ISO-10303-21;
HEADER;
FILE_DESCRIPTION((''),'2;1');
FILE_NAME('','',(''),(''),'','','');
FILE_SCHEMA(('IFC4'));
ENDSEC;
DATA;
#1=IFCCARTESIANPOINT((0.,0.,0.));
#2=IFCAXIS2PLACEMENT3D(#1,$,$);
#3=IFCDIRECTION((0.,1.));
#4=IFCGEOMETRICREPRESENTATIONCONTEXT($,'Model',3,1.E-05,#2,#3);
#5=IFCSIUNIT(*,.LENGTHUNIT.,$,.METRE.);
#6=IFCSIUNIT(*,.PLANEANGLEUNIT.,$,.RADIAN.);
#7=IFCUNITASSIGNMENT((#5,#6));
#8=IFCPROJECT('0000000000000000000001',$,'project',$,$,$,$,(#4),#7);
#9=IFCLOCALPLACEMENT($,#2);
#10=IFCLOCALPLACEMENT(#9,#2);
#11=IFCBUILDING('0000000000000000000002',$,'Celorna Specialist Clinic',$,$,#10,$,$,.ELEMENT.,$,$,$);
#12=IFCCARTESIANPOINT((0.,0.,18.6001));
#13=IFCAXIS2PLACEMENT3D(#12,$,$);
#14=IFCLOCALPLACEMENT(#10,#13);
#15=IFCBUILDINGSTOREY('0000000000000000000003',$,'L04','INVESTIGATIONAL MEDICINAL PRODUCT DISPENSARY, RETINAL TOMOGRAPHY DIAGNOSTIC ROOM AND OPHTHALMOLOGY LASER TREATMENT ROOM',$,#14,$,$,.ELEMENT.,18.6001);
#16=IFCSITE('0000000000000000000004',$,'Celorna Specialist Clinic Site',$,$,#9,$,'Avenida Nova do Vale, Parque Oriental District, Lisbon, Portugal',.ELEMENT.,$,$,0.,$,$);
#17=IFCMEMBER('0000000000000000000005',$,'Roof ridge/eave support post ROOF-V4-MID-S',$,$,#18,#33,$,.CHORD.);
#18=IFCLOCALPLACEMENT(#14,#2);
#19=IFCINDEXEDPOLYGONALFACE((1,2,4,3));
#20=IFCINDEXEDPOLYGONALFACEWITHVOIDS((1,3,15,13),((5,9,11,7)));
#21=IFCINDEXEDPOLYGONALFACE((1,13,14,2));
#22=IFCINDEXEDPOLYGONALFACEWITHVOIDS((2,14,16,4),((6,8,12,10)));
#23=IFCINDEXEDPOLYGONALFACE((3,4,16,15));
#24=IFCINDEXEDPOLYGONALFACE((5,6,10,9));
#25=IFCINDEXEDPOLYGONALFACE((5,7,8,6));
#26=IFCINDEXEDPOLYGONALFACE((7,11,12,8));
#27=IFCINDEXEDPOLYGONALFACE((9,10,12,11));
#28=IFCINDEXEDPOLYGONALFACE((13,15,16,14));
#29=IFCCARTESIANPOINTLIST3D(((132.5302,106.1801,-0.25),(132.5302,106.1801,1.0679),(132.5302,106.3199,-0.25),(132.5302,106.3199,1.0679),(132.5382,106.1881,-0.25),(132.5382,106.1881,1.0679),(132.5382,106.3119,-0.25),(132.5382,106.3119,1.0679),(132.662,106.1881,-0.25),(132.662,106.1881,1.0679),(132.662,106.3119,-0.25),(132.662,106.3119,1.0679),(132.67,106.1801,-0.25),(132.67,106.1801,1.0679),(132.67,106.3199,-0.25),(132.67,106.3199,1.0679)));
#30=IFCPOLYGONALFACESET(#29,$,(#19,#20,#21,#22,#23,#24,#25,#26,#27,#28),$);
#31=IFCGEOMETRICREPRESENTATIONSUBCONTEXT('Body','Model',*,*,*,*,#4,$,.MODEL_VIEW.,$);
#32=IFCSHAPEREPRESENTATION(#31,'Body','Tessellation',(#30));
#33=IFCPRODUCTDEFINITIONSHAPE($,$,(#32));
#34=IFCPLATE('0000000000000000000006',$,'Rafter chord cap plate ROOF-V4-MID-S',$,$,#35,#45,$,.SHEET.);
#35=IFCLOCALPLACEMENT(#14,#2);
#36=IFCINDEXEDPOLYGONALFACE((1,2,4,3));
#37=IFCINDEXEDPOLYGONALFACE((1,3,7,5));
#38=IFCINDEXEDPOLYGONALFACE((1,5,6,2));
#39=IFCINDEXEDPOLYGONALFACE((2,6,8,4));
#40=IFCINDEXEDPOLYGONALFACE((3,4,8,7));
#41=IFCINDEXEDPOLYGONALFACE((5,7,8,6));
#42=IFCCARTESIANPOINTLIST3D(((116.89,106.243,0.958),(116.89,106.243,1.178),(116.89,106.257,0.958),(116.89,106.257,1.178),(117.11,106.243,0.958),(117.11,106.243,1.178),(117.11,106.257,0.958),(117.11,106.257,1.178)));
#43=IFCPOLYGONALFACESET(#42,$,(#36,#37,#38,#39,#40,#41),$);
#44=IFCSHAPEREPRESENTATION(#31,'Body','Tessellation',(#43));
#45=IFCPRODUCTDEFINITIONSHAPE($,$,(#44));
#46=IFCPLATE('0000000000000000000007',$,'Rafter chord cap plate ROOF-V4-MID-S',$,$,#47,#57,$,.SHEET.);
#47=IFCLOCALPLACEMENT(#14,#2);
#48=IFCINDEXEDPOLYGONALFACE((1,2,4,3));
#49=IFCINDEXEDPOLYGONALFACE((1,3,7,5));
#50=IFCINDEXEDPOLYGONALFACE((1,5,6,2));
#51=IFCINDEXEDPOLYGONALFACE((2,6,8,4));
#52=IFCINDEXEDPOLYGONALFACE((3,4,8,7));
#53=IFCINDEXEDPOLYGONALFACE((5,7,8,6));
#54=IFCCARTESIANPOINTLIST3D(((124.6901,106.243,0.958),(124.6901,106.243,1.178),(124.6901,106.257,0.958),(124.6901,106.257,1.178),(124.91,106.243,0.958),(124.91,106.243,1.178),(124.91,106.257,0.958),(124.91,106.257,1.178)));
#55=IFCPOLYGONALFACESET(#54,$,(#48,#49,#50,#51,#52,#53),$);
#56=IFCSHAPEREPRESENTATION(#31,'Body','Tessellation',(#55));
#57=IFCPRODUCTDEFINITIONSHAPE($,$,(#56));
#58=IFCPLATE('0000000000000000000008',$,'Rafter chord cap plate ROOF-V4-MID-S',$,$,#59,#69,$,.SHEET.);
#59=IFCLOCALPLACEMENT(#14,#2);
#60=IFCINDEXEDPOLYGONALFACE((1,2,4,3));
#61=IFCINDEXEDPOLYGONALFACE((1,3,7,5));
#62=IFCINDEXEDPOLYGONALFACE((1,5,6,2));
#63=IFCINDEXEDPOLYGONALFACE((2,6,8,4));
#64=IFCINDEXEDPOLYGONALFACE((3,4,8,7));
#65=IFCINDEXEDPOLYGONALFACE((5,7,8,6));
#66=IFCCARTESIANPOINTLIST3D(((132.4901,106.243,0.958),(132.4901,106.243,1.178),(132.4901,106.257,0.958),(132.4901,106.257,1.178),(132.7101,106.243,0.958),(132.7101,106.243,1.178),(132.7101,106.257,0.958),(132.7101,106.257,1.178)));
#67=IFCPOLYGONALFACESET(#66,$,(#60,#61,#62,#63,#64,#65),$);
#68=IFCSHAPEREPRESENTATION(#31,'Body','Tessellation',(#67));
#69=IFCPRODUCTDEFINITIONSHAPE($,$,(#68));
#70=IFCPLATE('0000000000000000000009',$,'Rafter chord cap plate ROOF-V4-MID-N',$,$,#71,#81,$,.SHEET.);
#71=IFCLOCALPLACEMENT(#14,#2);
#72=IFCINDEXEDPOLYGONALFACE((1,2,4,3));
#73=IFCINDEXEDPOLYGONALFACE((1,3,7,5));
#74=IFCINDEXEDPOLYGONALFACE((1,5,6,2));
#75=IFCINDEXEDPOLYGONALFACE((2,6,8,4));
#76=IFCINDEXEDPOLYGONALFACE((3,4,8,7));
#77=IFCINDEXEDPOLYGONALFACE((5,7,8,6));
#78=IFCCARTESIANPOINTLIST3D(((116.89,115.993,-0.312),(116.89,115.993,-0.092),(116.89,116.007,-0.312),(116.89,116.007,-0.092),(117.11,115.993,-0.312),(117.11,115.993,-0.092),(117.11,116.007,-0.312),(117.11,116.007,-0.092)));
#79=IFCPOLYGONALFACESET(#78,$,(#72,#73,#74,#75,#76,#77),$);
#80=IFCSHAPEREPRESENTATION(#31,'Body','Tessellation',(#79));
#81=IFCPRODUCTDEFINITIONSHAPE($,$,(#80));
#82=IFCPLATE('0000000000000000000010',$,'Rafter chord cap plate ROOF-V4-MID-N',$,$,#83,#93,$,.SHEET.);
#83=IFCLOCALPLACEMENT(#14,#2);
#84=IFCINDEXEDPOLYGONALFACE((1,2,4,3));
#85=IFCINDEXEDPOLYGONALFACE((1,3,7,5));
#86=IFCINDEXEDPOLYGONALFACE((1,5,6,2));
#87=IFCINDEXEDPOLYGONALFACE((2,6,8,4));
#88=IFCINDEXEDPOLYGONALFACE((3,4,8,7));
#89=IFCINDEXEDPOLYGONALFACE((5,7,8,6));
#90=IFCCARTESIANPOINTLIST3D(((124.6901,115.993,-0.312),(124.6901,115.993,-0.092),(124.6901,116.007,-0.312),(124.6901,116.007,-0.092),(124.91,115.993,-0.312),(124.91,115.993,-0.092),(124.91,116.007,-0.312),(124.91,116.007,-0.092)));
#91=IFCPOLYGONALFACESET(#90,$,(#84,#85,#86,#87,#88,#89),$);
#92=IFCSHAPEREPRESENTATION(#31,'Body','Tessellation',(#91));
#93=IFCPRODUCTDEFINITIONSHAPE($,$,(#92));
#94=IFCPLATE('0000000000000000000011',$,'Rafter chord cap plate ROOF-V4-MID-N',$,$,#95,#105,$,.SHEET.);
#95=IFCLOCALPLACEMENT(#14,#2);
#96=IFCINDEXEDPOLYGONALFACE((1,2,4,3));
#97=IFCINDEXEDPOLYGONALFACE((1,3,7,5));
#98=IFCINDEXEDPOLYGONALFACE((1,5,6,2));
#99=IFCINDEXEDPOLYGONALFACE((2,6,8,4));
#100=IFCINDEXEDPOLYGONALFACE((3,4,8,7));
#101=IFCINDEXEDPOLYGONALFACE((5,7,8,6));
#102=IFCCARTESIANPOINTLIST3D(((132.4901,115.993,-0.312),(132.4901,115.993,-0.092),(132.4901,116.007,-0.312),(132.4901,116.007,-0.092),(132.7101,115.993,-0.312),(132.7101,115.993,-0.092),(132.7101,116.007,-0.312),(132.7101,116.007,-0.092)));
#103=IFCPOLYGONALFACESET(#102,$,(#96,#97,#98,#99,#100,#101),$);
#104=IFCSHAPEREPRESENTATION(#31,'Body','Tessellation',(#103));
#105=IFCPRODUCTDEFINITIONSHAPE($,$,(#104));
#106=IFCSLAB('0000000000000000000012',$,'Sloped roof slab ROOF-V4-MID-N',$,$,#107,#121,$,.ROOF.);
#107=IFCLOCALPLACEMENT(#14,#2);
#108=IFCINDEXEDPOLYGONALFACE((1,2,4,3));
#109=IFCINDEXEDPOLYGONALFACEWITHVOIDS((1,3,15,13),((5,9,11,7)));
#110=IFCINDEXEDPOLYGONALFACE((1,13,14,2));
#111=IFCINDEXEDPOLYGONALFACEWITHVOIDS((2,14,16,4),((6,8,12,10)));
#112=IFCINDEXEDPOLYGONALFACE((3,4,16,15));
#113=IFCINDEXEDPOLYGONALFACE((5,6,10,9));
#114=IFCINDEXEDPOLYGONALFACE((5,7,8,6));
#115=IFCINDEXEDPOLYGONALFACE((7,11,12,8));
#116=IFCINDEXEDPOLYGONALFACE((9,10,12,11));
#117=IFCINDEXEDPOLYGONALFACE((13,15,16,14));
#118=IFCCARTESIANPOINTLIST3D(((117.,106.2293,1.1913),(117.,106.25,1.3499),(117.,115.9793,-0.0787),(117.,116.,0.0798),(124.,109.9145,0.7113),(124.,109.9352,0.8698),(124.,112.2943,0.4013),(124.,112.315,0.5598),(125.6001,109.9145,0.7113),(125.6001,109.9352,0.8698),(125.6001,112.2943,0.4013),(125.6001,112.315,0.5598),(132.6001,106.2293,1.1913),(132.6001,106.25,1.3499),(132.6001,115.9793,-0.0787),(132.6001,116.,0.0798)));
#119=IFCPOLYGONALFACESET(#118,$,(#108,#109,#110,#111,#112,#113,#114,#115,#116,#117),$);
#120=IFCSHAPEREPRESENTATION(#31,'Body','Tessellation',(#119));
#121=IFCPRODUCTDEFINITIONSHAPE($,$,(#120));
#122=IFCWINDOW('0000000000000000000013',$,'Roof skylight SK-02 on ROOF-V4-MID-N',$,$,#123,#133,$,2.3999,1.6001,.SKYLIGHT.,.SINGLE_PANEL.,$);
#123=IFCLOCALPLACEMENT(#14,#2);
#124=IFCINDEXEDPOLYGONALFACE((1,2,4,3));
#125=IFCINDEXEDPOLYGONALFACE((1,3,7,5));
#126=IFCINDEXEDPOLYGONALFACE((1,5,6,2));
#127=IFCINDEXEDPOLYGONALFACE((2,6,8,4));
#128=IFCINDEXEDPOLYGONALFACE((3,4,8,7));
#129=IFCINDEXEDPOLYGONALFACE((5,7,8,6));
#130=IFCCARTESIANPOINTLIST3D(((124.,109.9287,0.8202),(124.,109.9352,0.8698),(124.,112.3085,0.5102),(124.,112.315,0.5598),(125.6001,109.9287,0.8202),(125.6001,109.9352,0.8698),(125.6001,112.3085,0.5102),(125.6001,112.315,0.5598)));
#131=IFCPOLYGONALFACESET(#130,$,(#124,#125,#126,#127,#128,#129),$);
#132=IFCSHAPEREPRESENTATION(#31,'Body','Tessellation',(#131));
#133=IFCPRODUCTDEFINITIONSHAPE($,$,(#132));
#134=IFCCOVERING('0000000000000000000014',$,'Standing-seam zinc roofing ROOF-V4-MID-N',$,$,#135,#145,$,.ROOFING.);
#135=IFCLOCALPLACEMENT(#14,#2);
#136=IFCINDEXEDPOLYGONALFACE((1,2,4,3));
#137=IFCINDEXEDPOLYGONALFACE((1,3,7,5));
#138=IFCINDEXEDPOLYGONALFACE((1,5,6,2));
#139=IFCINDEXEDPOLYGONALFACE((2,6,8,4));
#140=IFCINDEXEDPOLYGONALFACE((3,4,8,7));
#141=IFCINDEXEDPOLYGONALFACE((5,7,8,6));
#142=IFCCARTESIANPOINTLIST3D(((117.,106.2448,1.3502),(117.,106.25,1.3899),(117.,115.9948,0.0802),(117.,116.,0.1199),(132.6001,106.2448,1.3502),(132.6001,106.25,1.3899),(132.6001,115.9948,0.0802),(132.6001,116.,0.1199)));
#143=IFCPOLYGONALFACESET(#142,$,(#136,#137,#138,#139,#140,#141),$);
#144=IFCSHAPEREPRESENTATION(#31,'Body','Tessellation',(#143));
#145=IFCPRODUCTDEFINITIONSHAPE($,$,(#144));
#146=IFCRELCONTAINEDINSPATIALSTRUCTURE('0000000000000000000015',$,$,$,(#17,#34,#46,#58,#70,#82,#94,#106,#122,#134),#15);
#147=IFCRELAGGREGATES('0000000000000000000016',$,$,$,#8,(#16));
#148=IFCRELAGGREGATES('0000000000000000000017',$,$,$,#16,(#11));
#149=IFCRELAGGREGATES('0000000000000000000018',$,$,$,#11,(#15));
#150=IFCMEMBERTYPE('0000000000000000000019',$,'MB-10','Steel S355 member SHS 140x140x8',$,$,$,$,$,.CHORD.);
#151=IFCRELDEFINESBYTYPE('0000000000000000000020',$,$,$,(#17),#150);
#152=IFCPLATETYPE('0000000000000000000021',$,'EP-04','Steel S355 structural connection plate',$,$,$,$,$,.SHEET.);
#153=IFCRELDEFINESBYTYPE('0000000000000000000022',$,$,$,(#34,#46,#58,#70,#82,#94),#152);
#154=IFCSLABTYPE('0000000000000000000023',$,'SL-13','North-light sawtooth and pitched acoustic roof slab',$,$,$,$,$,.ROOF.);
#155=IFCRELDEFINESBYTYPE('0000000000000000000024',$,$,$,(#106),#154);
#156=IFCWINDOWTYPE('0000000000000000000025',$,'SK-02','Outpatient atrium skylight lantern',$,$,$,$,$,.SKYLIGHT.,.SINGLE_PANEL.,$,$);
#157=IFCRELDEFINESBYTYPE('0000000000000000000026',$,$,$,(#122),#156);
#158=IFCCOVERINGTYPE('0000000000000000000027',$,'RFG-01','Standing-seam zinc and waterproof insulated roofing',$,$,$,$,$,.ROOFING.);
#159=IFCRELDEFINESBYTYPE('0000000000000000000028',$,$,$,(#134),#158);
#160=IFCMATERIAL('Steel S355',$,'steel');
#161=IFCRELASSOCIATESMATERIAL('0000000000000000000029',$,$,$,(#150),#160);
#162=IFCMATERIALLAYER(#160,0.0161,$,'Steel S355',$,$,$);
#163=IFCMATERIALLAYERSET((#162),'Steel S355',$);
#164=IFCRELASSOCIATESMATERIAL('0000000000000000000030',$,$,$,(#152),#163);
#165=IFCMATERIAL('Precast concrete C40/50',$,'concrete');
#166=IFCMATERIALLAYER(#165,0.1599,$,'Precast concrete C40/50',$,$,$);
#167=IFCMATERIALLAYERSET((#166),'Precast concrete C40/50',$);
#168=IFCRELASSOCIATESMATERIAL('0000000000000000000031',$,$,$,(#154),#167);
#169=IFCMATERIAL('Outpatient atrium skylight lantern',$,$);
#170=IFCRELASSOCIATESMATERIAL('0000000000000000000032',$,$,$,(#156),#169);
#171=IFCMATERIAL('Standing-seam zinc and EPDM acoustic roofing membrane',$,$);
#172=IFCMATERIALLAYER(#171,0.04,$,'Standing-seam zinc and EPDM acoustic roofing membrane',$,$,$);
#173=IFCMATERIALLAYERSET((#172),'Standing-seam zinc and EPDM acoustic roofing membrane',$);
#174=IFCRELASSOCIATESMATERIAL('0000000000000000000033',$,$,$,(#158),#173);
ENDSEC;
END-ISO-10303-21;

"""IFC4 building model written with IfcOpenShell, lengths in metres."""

from ifc_helpers import new_model, si_unit, direction, frame, origin, origin_2d, place, context, subcontext, project, spatial, polyline, rectangle, hollow_rectangle, outline, extrude, material, layer, layer_set, material_profile, profile_set, type_object, element, fill, save


model = new_model("IFC4")

# Units and contexts
model_context = context("Model", 3, precision=1e-05, world=origin(), true_north=direction((0.0, 1.0)))
body_context = subcontext(model_context, "Body", "Model", "MODEL_VIEW")
ifc_project = project(units=[si_unit("LENGTHUNIT", "METRE"), si_unit("PLANEANGLEUNIT", "RADIAN")], contexts=[model_context])

# Site, building, storey
site_placement = place(None, origin())
site = spatial("IfcSite", under=ifc_project, at=site_placement, Name="Celorna Specialist Clinic Site", LongName="Avenida Nova do Vale, Parque Oriental District, Lisbon, Portugal", CompositionType="ELEMENT", RefElevation=0.0)
building_placement = place(site_placement, origin())
building = spatial("IfcBuilding", under=site, at=building_placement, Name="Celorna Specialist Clinic", CompositionType="ELEMENT")
storey_placement = place(building_placement, frame((0.0, 0.0, 18.6001)))
storey = spatial("IfcBuildingStorey", under=building, at=storey_placement, Name="L04", Description="INVESTIGATIONAL MEDICINAL PRODUCT DISPENSARY, RETINAL TOMOGRAPHY DIAGNOSTIC ROOM AND OPHTHALMOLOGY LASER TREATMENT ROOM", CompositionType="ELEMENT", Elevation=18.6001)

# Shared definitions
ifc_material_1 = material(Name="Steel S355", Category="steel")

# Member
ifc_material_profile_1 = material_profile(ifc_material_1, hollow_rectangle(XDim=0.1399, YDim=0.1399, WallThickness=0.0081, at=origin_2d()), Name="SHS 140x140x8")
ifc_profile_set_1 = profile_set([ifc_material_profile_1], Name="Steel S355")
member_type_1 = type_object("IfcMemberType", Name="MB-10", Description="Steel S355 member SHS 140x140x8", PredefinedType="CHORD", material=ifc_profile_set_1)
for number, where, z_axis, x_axis, name in (
    (1, (132.6001, 106.25, -0.25), (0.0, 0.0, 1.0), (1.0, 0.0, 0.0), "Roof ridge/eave support post ROOF-V4-MID-S"),
):
    element("IfcMember", number, at=place(storey_placement, frame(where, z_axis=z_axis, x_axis=x_axis)), inside=storey, type_object=member_type_1, Name=name, PredefinedType="CHORD", context=body_context, shape_type="SweptSolid", body=[
        extrude(hollow_rectangle(XDim=0.1399, YDim=0.1399, WallThickness=0.0081, at=origin_2d()), origin(), (0.0, 0.0, 1.0), 1.3179),
    ])

# Plates
ifc_layer_1 = layer(ifc_material_1, 0.0161, Name="Steel S355")
ifc_layer_set_1 = layer_set([ifc_layer_1], Name="Steel S355")
plate_type = type_object("IfcPlateType", Name="EP-04", Description="Steel S355 structural connection plate", PredefinedType="SHEET", material=ifc_layer_set_1)
for number, where, z_axis, x_axis, name in (
    (2, (117.0, 106.25, 0.958), (0.0, 0.0, 1.0), (1.0, 0.0, 0.0), "Rafter chord cap plate ROOF-V4-MID-S"),
    (3, (124.8, 106.25, 0.958), (0.0, 0.0, 1.0), (1.0, 0.0, 0.0), "Rafter chord cap plate ROOF-V4-MID-S"),
    (4, (132.6001, 106.25, 0.958), (0.0, 0.0, 1.0), (1.0, 0.0, 0.0), "Rafter chord cap plate ROOF-V4-MID-S"),
    (5, (117.0, 116.0, -0.312), (0.0, 0.0, 1.0), (1.0, 0.0, 0.0), "Rafter chord cap plate ROOF-V4-MID-N"),
    (6, (124.8, 116.0, -0.312), (0.0, 0.0, 1.0), (1.0, 0.0, 0.0), "Rafter chord cap plate ROOF-V4-MID-N"),
    (7, (132.6001, 116.0, -0.312), (0.0, 0.0, 1.0), (1.0, 0.0, 0.0), "Rafter chord cap plate ROOF-V4-MID-N"),
):
    element("IfcPlate", number, at=place(storey_placement, frame(where, z_axis=z_axis, x_axis=x_axis)), inside=storey, type_object=plate_type, Name=name, PredefinedType="SHEET", context=body_context, shape_type="SweptSolid", body=[
        extrude(rectangle(XDim=0.22, YDim=0.0139, at=origin_2d()), origin(), (0.0, 0.0, 1.0), 0.22),
    ])

# Slab, opening, window
ifc_material_2 = material(Name="Precast concrete C40/50", Category="concrete")
ifc_layer_2 = layer(ifc_material_2, 0.1599, Name="Precast concrete C40/50")
ifc_layer_set_2 = layer_set([ifc_layer_2], Name="Precast concrete C40/50")
slab_type = type_object("IfcSlabType", Name="SL-13", Description="North-light sawtooth and pitched acoustic roof slab", PredefinedType="ROOF", material=ifc_layer_set_2)
slab_placement = place(storey_placement, frame((117.0, 106.25, 1.3499), z_axis=(0.0, 0.129167, 0.991623), x_axis=(1.0, 0.0, 0.0)))
slab = element("IfcSlab", 8, at=slab_placement, inside=storey, type_object=slab_type, Name="Sloped roof slab ROOF-V4-MID-N", PredefinedType="ROOF", context=body_context, shape_type="SweptSolid", body=[
    extrude(outline(polyline([(0.0, 0.0), (15.6001, 0.0), (15.6001, 9.8324), (0.0, 9.8324), (0.0, 0.0)])), origin(), (0.0, 0.0, -1.0), 0.1599),
])
opening_placement = place(slab_placement, frame((7.8, 4.9163, 0.01)))
opening = element("IfcOpeningElement", 9, at=opening_placement, cuts=slab, PredefinedType="OPENING", context=body_context, shape_type="SweptSolid", body=[
    extrude(rectangle(XDim=1.6001, YDim=2.3999, at=origin_2d()), origin(), (0.0, 0.0, -1.0), 0.1799),
])
ifc_material_3 = material(Name="Outpatient atrium skylight lantern")
window_type = type_object("IfcWindowType", Name="SK-02", Description="Outpatient atrium skylight lantern", PartitioningType="SINGLE_PANEL", PredefinedType="SKYLIGHT", material=ifc_material_3)
window_placement = place(opening_placement, frame((0.0, 0.0, -0.01)))
window = element("IfcWindow", 10, at=window_placement, inside=storey, type_object=window_type, Name="Roof skylight SK-02 on ROOF-V4-MID-N", OverallHeight=2.3999, OverallWidth=1.6001, PartitioningType="SINGLE_PANEL", PredefinedType="SKYLIGHT", context=body_context, shape_type="SweptSolid", body=[
    extrude(rectangle(XDim=1.6001, YDim=2.3999, at=origin_2d()), origin(), (0.0, 0.0, -1.0), 0.05),
])
fill(opening, window)

# Covering
ifc_material_4 = material(Name="Standing-seam zinc and EPDM acoustic roofing membrane")
ifc_layer_3 = layer(ifc_material_4, 0.04, Name="Standing-seam zinc and EPDM acoustic roofing membrane")
ifc_layer_set_3 = layer_set([ifc_layer_3], Name="Standing-seam zinc and EPDM acoustic roofing membrane")
covering_type = type_object("IfcCoveringType", Name="RFG-01", Description="Standing-seam zinc and waterproof insulated roofing", PredefinedType="ROOFING", material=ifc_layer_set_3)
covering_placement = place(storey_placement, frame((117.0, 106.25, 1.3899), z_axis=(0.0, 0.129167, 0.991623), x_axis=(1.0, 0.0, 0.0)))
element("IfcCovering", 11, at=covering_placement, inside=storey, type_object=covering_type, Name="Standing-seam zinc roofing ROOF-V4-MID-N", PredefinedType="ROOFING", context=body_context, shape_type="SweptSolid", body=[
    extrude(outline(polyline([(0.0, 0.0), (15.6001, 0.0), (15.6001, 9.8324), (0.0, 9.8324), (0.0, 0.0)])), origin(), (0.0, 0.0, -1.0), 0.04),
])

save(model, "model.ifc")
